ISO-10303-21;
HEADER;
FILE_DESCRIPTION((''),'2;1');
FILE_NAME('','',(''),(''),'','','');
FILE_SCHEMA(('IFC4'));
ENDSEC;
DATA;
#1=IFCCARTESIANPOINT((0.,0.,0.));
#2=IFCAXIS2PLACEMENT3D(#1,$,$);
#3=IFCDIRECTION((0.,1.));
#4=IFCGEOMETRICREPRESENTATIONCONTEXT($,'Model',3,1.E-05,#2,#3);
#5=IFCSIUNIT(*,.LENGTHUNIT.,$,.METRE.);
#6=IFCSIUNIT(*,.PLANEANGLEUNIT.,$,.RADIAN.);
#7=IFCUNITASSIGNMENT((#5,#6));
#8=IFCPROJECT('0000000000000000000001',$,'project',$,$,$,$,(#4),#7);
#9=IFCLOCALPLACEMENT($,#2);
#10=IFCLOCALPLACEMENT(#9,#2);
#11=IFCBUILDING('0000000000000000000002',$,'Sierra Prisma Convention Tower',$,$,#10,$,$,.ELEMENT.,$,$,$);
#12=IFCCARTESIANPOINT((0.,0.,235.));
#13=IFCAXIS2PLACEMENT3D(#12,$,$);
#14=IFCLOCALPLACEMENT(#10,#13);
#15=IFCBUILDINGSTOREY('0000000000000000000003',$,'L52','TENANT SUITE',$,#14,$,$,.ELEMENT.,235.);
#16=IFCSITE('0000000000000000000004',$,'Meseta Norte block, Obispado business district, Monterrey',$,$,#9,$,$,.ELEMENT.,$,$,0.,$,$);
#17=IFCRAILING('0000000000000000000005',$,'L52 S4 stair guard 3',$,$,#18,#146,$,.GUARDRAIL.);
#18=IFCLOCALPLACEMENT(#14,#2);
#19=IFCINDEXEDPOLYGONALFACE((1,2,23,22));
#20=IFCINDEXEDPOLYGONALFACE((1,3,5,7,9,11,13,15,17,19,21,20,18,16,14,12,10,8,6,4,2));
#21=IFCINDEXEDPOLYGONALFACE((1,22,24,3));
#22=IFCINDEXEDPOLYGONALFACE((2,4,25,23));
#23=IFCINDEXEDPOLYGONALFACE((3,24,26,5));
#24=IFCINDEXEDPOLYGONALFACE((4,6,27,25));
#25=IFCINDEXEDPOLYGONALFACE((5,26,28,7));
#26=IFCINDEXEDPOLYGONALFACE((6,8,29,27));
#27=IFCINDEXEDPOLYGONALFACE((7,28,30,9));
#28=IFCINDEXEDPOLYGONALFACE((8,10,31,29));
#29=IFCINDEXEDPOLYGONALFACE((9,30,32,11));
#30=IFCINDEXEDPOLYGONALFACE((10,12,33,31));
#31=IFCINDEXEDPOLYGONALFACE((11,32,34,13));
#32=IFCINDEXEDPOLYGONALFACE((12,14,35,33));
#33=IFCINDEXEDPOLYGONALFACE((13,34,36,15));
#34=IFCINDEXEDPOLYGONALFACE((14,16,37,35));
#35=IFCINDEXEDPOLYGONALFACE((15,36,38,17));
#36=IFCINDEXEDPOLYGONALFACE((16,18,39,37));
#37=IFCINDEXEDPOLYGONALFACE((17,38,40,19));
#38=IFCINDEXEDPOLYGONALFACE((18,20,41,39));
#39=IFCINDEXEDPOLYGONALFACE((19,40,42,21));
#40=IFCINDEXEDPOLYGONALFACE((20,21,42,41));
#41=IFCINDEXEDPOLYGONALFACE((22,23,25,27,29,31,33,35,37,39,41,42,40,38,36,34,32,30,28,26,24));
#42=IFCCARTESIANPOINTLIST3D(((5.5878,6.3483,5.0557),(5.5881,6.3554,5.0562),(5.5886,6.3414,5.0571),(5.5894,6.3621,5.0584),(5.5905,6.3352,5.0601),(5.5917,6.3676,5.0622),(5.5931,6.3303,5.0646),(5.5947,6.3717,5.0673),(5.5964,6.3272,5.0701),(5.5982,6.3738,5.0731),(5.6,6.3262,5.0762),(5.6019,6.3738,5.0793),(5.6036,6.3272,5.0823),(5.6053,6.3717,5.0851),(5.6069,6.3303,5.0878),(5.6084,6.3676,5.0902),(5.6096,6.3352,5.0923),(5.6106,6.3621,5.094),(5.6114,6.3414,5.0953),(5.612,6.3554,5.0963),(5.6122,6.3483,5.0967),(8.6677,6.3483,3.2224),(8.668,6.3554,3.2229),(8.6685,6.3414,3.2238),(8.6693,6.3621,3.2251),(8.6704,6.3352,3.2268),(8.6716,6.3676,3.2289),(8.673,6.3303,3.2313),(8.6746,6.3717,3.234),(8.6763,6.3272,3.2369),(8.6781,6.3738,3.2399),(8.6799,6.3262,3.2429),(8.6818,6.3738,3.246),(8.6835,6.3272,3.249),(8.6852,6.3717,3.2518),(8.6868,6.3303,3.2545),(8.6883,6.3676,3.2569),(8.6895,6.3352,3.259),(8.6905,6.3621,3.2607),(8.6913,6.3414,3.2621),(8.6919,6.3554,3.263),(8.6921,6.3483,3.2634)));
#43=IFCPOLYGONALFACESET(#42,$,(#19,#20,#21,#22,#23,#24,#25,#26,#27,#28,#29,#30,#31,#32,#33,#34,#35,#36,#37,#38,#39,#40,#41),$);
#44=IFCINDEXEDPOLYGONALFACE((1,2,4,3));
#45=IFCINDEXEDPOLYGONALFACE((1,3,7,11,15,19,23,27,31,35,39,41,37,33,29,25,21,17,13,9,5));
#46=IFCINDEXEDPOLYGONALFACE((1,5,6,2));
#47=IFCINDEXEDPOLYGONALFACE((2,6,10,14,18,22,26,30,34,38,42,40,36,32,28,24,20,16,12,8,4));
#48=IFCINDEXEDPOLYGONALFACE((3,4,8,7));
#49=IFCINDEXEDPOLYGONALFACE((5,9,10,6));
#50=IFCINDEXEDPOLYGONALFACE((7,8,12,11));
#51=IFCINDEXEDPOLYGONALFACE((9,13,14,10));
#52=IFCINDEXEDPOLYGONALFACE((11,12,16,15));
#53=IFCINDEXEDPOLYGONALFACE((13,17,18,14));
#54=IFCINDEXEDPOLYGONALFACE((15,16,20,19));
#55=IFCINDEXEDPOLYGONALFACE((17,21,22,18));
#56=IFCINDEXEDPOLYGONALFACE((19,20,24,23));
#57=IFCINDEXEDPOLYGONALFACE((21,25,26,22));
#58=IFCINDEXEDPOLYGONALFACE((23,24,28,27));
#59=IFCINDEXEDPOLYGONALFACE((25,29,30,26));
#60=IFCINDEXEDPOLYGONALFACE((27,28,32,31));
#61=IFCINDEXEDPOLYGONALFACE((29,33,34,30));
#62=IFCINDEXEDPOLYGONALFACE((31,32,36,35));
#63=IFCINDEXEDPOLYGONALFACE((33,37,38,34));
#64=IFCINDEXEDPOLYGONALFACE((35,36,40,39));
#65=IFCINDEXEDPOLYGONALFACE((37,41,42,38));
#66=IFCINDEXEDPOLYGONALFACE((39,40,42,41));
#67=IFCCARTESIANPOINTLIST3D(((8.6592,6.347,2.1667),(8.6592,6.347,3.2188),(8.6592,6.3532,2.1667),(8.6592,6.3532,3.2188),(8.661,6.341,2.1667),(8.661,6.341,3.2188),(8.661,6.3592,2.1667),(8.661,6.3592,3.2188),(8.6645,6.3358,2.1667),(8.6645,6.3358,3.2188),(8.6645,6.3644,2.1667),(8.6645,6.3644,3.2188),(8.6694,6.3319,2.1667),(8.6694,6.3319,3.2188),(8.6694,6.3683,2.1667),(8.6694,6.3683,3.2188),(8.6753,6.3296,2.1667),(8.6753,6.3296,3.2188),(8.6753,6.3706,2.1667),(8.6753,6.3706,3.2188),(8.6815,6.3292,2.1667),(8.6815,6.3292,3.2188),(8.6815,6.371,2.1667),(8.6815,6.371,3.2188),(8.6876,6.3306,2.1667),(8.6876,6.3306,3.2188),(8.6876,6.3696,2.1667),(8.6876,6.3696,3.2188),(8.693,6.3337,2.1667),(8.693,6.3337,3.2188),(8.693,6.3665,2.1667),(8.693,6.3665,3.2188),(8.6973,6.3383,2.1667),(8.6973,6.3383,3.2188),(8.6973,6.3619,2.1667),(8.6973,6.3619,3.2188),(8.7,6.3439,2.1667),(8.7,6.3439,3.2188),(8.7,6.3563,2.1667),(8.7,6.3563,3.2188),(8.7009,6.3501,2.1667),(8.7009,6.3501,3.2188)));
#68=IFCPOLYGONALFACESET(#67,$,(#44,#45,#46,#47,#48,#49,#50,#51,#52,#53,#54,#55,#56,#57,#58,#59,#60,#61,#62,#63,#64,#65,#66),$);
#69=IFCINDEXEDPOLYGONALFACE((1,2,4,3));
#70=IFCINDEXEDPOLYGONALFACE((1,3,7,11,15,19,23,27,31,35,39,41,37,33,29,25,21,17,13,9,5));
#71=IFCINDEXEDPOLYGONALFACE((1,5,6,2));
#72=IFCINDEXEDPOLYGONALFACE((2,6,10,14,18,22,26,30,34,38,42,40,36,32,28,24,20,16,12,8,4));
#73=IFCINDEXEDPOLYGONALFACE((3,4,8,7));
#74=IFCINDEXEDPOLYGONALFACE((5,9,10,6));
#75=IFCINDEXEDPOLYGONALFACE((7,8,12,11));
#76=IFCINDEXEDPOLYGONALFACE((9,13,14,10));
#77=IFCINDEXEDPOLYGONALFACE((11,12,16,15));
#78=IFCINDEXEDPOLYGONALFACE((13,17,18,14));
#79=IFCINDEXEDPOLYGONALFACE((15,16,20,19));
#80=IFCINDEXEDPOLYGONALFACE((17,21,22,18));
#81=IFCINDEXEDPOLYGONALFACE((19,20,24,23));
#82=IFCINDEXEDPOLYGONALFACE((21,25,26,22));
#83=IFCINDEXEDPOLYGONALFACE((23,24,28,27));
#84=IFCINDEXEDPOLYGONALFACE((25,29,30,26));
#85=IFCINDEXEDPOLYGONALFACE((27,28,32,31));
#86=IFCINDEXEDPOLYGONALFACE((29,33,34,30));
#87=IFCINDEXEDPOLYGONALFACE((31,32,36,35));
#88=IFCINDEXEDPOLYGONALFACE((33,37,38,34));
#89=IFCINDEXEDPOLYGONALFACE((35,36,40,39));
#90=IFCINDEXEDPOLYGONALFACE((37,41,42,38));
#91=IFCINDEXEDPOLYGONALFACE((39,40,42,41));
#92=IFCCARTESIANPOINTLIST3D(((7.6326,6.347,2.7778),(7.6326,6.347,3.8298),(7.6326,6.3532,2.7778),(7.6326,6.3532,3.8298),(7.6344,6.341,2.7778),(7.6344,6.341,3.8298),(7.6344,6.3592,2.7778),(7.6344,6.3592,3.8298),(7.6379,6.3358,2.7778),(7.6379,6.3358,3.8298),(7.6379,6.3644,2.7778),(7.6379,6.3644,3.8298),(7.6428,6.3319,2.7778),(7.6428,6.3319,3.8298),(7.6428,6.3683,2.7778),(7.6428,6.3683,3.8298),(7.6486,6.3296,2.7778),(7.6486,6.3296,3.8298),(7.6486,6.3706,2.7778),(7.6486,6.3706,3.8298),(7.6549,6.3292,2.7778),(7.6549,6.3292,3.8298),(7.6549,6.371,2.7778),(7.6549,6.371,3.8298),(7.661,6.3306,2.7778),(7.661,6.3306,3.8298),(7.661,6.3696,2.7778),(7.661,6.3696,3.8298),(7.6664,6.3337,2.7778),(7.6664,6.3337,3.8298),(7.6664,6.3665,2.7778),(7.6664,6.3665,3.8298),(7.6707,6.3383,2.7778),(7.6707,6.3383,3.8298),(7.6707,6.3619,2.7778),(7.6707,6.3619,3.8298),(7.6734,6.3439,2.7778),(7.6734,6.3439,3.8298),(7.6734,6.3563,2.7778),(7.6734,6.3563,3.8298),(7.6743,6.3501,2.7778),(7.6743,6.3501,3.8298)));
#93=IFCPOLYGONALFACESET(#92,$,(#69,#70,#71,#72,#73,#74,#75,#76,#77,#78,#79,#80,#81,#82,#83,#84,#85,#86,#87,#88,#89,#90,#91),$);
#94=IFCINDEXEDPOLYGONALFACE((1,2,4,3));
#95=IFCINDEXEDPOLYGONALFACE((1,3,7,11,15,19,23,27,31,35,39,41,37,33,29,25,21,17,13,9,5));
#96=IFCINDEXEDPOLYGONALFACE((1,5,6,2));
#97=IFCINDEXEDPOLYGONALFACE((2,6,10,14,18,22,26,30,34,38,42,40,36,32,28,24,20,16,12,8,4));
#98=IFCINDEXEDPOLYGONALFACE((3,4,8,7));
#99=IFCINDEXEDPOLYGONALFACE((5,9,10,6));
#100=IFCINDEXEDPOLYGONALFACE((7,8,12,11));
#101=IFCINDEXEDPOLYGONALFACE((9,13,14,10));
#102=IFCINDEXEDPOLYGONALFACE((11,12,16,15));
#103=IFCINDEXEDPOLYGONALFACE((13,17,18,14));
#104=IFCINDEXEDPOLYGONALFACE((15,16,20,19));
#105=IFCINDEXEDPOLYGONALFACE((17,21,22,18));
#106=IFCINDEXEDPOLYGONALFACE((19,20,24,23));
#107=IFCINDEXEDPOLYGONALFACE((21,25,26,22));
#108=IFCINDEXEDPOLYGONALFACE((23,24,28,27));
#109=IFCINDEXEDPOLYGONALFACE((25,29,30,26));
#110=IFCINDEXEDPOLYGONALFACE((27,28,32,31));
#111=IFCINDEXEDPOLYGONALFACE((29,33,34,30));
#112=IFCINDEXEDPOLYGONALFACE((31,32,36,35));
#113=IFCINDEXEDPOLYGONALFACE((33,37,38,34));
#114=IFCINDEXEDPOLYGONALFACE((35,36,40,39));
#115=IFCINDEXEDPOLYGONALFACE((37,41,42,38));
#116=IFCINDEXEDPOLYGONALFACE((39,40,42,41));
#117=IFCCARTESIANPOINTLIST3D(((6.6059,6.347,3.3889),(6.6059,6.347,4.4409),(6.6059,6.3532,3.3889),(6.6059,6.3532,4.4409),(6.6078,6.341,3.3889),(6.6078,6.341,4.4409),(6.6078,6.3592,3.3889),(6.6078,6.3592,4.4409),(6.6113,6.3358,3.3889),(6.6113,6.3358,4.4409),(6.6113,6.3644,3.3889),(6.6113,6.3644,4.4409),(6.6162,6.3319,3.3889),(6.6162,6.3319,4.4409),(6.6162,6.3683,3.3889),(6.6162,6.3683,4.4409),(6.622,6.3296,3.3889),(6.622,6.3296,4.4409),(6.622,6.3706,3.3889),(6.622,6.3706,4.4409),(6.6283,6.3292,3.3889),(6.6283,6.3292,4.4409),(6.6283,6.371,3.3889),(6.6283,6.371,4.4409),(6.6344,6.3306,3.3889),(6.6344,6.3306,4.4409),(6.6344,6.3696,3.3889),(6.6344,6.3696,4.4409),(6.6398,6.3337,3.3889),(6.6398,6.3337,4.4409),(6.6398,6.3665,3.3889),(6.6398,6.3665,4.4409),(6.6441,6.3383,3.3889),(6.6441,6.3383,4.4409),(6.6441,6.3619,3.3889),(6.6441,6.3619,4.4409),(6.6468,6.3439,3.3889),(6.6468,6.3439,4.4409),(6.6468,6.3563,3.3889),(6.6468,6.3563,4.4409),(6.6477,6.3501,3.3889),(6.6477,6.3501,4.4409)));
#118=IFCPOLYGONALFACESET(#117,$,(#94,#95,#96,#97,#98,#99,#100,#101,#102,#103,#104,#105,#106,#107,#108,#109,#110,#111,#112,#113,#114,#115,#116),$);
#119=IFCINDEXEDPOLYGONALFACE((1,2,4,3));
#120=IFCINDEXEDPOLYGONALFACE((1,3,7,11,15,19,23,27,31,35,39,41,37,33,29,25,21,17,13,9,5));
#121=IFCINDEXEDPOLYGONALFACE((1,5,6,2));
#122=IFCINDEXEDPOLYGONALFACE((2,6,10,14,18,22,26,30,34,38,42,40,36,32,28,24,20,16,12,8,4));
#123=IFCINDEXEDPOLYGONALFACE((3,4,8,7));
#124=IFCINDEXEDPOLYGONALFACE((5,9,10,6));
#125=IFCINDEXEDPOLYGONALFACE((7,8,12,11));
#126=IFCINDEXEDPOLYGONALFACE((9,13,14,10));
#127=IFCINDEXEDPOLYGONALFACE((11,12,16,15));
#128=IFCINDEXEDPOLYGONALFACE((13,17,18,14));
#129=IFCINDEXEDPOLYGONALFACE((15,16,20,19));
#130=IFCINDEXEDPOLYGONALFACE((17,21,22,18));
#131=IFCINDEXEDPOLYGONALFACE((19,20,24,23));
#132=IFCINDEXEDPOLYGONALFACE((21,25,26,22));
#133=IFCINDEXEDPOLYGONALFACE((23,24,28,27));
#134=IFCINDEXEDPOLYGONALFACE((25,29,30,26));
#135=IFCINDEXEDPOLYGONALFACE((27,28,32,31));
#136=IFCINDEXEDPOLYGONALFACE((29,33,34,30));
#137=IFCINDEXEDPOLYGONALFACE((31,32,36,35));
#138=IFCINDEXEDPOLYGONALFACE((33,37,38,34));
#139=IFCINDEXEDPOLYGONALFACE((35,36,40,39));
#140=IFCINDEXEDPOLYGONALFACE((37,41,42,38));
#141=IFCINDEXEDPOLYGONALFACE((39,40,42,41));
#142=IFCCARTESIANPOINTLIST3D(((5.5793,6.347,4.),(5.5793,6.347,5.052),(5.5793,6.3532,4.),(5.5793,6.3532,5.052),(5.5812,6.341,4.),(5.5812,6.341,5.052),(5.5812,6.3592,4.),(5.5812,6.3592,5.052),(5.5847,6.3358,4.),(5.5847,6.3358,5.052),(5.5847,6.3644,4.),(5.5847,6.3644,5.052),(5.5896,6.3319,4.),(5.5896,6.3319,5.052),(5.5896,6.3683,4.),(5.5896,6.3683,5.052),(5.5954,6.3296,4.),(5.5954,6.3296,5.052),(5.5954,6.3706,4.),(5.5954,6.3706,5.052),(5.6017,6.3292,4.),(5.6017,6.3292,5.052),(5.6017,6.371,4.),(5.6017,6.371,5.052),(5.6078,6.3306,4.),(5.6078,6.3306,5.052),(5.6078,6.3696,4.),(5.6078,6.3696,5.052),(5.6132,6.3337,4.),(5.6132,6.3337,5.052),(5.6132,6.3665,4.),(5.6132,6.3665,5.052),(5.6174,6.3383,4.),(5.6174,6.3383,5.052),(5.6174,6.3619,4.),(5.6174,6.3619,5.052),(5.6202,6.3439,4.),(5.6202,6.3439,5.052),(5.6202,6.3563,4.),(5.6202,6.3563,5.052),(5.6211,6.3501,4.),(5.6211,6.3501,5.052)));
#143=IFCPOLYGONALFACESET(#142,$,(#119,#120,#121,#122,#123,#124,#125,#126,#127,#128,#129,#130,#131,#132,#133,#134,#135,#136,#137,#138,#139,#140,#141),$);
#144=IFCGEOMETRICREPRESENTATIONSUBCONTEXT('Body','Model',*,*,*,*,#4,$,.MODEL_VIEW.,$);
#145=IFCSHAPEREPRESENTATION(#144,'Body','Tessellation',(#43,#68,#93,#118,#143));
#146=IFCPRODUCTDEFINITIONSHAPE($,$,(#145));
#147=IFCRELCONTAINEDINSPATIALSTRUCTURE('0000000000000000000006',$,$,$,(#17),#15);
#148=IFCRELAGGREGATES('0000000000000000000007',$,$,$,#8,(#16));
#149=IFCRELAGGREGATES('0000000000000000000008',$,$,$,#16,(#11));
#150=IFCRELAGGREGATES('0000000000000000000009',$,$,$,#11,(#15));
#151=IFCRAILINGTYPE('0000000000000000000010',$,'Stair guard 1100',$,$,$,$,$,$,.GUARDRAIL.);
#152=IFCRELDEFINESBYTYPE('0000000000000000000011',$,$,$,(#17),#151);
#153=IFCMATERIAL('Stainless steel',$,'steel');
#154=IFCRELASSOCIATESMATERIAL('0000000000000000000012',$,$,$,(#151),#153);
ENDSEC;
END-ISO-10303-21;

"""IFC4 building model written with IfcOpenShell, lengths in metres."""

from ifc_helpers import new_model, si_unit, direction, frame, origin, origin_2d, place, context, subcontext, project, spatial, circle, extrude, material, type_object, element, save


model = new_model("IFC4")

# Units and contexts
model_context = context("Model", 3, precision=1e-05, world=origin(), true_north=direction((0.0, 1.0)))
body_context = subcontext(model_context, "Body", "Model", "MODEL_VIEW")
ifc_project = project(units=[si_unit("LENGTHUNIT", "METRE"), si_unit("PLANEANGLEUNIT", "RADIAN")], contexts=[model_context])

# Site, building, storey
site_placement = place(None, origin())
site = spatial("IfcSite", under=ifc_project, at=site_placement, Name="Meseta Norte block, Obispado business district, Monterrey", CompositionType="ELEMENT", RefElevation=0.0)
building_placement = place(site_placement, origin())
building = spatial("IfcBuilding", under=site, at=building_placement, Name="Sierra Prisma Convention Tower", CompositionType="ELEMENT")
storey_placement = place(building_placement, frame((0.0, 0.0, 235.0)))
storey = spatial("IfcBuildingStorey", under=building, at=storey_placement, Name="L52", Description="TENANT SUITE", CompositionType="ELEMENT", Elevation=235.0)

# Railing
ifc_material_1 = material(Name="Stainless steel", Category="steel")
railing_type_1 = type_object("IfcRailingType", Name="Stair guard 1100", PredefinedType="GUARDRAIL", material=ifc_material_1)
railing_1_placement = place(storey_placement, frame((8.6799, 6.3501, 2.1667)))
element("IfcRailing", 1, at=railing_1_placement, inside=storey, type_object=railing_type_1, Name="L52 S4 stair guard 3", PredefinedType="GUARDRAIL", context=body_context, shape_type="SweptSolid", body=[
    extrude(circle(Radius=0.0239, at=origin_2d()), frame((0.0, 0.0, 1.0762), z_axis=(-0.859291, 0.0, 0.511487), x_axis=(0.0, -1.0, 0.0)), (0.0, 0.0, 1.0), 3.5842),
    extrude(circle(Radius=0.021, at=origin_2d()), origin(), (0.0, 0.0, 1.0), 1.052),
    extrude(circle(Radius=0.021, at=origin_2d()), frame((-1.0266, 0.0, 0.6111)), (0.0, 0.0, 1.0), 1.052),
    extrude(circle(Radius=0.021, at=origin_2d()), frame((-2.0532, 0.0, 1.2222)), (0.0, 0.0, 1.0), 1.052),
    extrude(circle(Radius=0.021, at=origin_2d()), frame((-3.0798, 0.0, 1.8333)), (0.0, 0.0, 1.0), 1.052),
])

save(model, "model.ifc")
